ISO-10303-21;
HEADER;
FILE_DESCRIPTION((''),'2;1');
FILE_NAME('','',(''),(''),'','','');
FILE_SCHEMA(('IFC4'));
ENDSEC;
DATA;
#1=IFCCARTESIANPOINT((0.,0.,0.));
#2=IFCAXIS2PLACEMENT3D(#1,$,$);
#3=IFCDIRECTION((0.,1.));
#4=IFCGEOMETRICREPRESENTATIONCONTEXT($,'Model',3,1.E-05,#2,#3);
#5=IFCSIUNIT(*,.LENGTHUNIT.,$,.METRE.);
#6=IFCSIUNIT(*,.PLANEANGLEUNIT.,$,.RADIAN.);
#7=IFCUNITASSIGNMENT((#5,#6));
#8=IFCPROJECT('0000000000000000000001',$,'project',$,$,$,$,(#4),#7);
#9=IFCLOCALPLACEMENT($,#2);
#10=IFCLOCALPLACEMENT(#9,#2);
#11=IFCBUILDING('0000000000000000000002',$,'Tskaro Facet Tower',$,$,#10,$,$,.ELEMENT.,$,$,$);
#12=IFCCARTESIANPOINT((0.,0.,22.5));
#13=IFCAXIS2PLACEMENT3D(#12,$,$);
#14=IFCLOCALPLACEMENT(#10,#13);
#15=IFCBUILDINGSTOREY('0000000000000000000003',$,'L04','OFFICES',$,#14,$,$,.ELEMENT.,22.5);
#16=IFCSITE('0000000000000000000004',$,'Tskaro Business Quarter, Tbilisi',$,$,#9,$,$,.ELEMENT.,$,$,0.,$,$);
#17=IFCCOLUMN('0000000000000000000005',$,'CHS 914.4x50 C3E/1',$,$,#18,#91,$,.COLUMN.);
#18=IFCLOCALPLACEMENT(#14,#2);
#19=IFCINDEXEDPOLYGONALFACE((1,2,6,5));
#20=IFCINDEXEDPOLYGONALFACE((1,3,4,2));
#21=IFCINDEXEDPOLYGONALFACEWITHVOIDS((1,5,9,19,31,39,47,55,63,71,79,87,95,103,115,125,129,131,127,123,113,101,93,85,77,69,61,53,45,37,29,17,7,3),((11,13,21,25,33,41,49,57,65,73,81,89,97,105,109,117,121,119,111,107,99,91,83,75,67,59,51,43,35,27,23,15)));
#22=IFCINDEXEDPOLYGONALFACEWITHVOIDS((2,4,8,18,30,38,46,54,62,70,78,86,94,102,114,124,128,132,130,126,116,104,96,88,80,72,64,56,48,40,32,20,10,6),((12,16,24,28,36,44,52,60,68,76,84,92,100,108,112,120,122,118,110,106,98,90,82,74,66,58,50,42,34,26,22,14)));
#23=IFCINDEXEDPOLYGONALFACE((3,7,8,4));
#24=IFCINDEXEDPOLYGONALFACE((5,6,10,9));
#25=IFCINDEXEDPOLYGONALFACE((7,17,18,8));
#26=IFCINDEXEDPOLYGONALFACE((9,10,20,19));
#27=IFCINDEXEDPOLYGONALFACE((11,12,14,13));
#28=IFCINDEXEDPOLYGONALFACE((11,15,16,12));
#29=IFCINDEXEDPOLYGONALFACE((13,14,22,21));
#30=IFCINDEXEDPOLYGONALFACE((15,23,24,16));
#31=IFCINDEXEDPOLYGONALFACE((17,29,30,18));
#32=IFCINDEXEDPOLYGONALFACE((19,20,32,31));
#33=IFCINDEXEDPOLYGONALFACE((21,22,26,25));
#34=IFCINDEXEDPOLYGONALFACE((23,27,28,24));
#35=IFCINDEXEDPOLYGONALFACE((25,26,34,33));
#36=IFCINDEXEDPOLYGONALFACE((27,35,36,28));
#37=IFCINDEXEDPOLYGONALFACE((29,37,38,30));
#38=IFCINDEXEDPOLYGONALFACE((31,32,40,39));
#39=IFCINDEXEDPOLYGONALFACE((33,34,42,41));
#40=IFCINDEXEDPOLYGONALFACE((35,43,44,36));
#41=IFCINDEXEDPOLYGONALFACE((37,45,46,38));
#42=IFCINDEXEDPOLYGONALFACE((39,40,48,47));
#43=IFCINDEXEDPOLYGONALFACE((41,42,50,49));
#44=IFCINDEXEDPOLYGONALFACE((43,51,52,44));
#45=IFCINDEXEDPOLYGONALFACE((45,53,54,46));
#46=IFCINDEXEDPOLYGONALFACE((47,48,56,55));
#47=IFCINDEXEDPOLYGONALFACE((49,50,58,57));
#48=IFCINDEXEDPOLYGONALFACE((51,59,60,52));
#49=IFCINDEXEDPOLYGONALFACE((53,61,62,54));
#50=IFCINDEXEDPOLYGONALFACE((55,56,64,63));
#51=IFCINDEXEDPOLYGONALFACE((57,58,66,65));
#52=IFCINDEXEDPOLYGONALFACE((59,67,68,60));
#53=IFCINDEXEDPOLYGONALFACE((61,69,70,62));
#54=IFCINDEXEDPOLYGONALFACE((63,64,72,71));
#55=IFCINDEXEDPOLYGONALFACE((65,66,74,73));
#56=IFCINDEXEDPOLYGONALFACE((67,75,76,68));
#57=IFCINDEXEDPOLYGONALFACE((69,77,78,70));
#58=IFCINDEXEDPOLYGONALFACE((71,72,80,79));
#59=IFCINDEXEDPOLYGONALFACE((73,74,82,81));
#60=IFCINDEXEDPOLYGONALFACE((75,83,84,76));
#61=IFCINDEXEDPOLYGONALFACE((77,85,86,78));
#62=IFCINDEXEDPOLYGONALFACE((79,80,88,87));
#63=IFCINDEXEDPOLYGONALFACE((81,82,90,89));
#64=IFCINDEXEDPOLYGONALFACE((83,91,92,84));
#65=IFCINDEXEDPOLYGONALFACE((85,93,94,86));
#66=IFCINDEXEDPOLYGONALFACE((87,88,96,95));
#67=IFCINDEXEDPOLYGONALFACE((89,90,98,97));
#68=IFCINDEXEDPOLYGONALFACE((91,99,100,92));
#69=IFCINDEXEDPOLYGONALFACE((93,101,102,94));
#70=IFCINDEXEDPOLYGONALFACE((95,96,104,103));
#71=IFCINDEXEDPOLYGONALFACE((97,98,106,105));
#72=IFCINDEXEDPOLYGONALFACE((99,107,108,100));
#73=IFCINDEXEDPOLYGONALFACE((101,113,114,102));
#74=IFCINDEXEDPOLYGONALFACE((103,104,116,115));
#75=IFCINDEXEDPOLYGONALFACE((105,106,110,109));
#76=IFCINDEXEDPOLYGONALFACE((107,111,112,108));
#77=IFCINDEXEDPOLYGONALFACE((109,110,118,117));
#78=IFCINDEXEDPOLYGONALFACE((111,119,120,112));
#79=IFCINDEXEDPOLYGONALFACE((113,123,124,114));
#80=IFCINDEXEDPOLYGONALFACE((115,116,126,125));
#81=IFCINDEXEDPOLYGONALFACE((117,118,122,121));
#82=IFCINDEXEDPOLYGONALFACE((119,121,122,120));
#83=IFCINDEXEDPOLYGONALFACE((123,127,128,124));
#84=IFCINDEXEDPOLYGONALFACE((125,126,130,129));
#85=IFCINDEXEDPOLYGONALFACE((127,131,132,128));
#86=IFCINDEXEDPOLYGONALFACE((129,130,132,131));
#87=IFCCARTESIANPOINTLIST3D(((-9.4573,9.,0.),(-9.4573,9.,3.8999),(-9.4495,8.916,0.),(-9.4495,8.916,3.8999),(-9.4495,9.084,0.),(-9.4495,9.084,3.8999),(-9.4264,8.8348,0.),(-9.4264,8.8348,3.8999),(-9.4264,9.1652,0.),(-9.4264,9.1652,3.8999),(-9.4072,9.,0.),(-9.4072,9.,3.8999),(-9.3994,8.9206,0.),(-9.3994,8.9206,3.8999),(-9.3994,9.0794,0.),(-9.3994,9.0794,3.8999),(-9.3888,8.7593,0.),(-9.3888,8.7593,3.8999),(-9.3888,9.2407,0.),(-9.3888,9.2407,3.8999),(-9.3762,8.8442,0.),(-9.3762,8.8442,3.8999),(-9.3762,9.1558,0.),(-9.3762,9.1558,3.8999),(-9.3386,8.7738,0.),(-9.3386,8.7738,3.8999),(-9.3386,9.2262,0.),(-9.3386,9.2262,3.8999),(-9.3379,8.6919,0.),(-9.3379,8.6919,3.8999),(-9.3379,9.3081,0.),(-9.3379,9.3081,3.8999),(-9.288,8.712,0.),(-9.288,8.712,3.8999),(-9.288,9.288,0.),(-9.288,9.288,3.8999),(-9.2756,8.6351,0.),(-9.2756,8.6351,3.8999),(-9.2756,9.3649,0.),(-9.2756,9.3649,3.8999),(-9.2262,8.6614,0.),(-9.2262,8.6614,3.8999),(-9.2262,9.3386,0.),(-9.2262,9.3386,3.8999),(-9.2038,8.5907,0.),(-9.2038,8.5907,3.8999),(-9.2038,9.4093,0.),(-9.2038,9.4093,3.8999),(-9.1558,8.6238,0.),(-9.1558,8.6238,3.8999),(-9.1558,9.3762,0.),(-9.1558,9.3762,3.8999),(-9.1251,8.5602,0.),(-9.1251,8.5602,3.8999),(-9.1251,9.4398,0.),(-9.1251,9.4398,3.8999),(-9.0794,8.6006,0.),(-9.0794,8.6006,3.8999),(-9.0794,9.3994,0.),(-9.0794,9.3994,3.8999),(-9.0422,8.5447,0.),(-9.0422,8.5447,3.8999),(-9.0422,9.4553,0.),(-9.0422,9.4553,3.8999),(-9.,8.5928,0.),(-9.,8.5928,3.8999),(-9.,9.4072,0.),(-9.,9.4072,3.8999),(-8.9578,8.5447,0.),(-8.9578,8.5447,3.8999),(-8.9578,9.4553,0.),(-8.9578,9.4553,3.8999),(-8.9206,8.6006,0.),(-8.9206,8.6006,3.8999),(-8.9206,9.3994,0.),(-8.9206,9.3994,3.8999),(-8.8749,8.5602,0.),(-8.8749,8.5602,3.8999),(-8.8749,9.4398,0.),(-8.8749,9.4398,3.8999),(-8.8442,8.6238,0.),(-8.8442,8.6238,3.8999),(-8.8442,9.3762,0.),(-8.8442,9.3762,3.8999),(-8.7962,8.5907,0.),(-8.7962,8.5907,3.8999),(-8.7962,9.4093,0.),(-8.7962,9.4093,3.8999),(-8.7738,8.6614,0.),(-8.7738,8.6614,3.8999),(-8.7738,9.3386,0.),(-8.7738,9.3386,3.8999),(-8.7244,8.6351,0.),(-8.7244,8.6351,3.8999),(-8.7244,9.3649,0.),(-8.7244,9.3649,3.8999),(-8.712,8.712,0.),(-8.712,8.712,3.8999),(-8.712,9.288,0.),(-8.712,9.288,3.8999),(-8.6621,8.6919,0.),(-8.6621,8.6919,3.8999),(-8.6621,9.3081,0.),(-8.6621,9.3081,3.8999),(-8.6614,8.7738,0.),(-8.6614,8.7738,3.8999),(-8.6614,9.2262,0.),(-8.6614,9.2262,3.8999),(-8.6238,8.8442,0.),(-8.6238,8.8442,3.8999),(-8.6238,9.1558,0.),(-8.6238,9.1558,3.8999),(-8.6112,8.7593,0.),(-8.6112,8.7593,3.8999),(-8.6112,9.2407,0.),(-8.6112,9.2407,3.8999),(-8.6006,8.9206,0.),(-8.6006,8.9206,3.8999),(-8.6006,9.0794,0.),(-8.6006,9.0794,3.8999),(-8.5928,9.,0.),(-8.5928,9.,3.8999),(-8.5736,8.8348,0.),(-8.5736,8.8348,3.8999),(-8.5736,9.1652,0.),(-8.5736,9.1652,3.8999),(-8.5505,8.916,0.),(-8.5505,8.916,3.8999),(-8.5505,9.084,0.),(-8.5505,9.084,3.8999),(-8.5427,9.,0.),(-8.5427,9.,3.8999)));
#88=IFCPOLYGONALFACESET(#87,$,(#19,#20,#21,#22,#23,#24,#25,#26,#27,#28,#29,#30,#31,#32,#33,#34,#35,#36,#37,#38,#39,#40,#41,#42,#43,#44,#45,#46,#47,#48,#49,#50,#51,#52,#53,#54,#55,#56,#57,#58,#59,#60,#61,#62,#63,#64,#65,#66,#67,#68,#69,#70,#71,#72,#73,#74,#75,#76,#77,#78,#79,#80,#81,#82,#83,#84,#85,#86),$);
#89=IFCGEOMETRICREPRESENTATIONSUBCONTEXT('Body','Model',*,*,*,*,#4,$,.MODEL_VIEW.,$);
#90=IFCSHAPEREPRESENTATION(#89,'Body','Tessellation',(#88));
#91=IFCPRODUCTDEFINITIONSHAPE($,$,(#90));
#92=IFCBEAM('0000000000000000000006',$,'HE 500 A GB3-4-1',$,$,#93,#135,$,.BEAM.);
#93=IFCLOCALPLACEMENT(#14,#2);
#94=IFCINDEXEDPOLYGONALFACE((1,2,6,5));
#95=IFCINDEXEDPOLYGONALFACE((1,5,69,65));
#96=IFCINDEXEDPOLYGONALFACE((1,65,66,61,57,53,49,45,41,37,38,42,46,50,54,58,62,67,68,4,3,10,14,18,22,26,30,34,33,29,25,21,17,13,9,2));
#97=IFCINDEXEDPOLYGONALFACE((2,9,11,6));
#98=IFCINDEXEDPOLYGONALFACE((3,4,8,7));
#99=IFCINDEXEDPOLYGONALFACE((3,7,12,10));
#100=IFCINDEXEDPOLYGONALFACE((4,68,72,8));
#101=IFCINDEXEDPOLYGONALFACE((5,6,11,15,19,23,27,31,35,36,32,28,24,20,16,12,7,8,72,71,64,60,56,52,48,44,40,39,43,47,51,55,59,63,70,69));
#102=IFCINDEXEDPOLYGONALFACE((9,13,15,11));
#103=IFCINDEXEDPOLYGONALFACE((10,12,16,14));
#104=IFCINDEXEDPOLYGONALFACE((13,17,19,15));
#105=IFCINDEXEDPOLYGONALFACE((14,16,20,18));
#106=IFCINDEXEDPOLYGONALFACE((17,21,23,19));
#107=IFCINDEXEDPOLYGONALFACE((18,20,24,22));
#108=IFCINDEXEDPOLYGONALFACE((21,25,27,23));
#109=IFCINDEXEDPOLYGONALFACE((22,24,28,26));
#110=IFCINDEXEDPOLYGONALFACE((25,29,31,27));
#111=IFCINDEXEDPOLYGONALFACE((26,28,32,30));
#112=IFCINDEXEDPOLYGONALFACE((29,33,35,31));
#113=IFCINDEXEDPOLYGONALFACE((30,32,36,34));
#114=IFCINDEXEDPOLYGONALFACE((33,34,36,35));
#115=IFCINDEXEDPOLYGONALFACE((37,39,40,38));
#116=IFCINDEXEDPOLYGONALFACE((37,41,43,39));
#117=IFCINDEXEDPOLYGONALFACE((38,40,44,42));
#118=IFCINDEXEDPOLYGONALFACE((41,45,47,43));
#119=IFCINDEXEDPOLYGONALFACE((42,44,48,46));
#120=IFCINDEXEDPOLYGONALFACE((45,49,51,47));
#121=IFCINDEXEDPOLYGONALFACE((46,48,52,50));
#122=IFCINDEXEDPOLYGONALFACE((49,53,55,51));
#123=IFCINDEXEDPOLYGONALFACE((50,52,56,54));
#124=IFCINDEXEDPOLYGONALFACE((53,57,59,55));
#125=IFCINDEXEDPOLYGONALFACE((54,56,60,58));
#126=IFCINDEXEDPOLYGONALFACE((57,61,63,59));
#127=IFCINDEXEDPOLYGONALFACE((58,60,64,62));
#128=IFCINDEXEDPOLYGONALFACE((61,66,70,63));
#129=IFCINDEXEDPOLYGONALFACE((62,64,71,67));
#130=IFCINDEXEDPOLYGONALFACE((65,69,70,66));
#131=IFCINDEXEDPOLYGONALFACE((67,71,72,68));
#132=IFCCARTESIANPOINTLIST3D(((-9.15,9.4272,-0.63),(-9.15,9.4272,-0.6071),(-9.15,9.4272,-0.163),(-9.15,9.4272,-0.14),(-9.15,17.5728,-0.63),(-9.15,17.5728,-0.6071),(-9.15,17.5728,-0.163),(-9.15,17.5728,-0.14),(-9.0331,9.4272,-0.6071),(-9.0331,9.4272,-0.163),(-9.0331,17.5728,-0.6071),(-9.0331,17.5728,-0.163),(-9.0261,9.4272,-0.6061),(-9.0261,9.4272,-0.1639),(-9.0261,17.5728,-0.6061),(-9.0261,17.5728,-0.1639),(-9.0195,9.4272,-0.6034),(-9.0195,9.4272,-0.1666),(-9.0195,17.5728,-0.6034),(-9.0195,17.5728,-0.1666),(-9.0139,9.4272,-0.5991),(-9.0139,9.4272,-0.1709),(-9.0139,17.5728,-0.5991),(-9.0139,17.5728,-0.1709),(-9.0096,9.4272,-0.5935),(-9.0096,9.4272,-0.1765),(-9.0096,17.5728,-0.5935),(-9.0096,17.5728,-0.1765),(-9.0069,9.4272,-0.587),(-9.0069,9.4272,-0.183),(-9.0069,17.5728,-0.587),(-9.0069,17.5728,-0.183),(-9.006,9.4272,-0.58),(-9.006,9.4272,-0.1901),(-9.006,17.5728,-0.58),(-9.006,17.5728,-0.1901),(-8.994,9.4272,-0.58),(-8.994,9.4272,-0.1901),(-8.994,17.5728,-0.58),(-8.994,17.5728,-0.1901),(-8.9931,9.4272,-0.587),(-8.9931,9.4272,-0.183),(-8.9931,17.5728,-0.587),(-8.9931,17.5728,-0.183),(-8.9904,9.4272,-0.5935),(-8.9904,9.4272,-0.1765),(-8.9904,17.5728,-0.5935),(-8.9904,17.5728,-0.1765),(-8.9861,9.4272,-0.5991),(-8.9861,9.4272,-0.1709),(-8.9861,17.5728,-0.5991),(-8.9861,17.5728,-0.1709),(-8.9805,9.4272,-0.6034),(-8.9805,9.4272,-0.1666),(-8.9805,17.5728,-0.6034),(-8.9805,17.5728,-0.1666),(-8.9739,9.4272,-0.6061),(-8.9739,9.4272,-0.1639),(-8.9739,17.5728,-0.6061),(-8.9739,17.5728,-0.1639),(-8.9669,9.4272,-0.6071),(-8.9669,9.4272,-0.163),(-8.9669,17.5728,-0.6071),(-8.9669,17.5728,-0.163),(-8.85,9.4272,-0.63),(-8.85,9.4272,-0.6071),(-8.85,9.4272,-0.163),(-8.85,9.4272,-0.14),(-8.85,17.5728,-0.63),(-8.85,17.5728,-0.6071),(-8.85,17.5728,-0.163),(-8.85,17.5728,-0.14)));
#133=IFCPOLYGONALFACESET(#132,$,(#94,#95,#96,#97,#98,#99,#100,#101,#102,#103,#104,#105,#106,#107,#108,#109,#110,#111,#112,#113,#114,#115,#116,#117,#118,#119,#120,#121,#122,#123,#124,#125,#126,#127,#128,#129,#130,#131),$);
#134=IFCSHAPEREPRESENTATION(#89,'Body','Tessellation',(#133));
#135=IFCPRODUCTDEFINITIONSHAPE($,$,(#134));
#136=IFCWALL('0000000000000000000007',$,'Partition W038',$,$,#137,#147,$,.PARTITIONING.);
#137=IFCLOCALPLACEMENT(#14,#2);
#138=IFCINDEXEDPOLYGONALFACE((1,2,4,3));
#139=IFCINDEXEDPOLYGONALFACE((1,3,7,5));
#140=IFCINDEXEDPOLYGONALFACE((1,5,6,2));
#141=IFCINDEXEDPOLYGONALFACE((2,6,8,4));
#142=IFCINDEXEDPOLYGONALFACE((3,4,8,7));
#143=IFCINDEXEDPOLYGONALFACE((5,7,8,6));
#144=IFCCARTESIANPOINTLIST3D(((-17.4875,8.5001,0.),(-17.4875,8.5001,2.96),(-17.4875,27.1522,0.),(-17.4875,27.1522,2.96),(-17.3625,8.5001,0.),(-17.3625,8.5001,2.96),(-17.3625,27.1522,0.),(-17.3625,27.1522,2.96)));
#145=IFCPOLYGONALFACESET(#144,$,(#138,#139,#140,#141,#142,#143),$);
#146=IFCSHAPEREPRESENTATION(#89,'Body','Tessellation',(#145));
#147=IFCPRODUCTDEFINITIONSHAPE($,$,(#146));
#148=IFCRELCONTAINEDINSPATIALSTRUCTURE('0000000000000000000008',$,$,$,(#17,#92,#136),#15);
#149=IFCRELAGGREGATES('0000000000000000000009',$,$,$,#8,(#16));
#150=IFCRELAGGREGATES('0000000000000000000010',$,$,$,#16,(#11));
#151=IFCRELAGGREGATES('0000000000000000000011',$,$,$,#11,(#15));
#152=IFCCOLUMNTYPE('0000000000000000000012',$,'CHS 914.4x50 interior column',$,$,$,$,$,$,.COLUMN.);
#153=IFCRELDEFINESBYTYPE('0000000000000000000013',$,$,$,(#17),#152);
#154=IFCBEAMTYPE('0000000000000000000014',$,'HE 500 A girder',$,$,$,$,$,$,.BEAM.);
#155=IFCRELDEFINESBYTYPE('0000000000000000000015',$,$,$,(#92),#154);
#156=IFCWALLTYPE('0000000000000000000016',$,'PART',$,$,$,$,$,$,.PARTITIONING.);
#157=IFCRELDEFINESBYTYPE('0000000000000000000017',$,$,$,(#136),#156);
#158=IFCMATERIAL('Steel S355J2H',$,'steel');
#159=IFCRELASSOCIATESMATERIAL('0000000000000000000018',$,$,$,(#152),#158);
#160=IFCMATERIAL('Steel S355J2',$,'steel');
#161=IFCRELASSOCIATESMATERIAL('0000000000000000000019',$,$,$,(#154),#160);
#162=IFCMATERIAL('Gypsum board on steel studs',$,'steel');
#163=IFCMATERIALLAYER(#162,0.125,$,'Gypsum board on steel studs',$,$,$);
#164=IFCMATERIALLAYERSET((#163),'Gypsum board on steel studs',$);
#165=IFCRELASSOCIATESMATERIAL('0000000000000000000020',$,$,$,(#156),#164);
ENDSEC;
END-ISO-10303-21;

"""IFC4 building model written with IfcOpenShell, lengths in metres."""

from ifc_helpers import new_model, si_unit, direction, frame, frame_2d, origin, origin_2d, place, context, subcontext, project, spatial, rectangle, hollow_circle, i_section, extrude, material, layer, layer_set, material_profile, profile_set, type_object, element, save


model = new_model("IFC4")

# Units and contexts
model_context = context("Model", 3, precision=1e-05, world=origin(), true_north=direction((0.0, 1.0)))
body_context = subcontext(model_context, "Body", "Model", "MODEL_VIEW")
ifc_project = project(units=[si_unit("LENGTHUNIT", "METRE"), si_unit("PLANEANGLEUNIT", "RADIAN")], contexts=[model_context])

# Site, building, storey
site_placement = place(None, origin())
site = spatial("IfcSite", under=ifc_project, at=site_placement, Name="Tskaro Business Quarter, Tbilisi", CompositionType="ELEMENT", RefElevation=0.0)
building_placement = place(site_placement, origin())
building = spatial("IfcBuilding", under=site, at=building_placement, Name="Tskaro Facet Tower", CompositionType="ELEMENT")
storey_placement = place(building_placement, frame((0.0, 0.0, 22.5)))
storey = spatial("IfcBuildingStorey", under=building, at=storey_placement, Name="L04", Description="OFFICES", CompositionType="ELEMENT", Elevation=22.5)

# Column
ifc_material_1 = material(Name="Steel S355J2H", Category="steel")
ifc_material_profile_1 = material_profile(ifc_material_1, hollow_circle(Radius=0.4573, WallThickness=0.05, at=origin_2d()), Name="CHS 914.4x50")
ifc_profile_set_1 = profile_set([ifc_material_profile_1], Name="Steel S355J2H")
column_type = type_object("IfcColumnType", Name="CHS 914.4x50 interior column", PredefinedType="COLUMN", material=ifc_profile_set_1)
column_placement = place(storey_placement, frame((-9.0, 9.0, 0.0), z_axis=(0.0, 0.0, 1.0), x_axis=(1.0, 0.0, 0.0)))
element("IfcColumn", 1, at=column_placement, inside=storey, type_object=column_type, Name="CHS 914.4x50 C3E/1", PredefinedType="COLUMN", context=body_context, shape_type="SweptSolid", body=[
    extrude(hollow_circle(Radius=0.4573, WallThickness=0.05, at=origin_2d()), origin(), (0.0, 0.0, 1.0), 3.8999),
])

# Beam
ifc_material_2 = material(Name="Steel S355J2", Category="steel")
ifc_material_profile_2 = material_profile(ifc_material_2, i_section(OverallWidth=0.3, OverallDepth=0.49, WebThickness=0.012, FlangeThickness=0.0229, FilletRadius=0.0271, at=origin_2d()), Name="HE 500 A")
ifc_profile_set_2 = profile_set([ifc_material_profile_2], Name="Steel S355J2")
beam_type = type_object("IfcBeamType", Name="HE 500 A girder", PredefinedType="BEAM", material=ifc_profile_set_2)
beam_placement = place(storey_placement, frame((-9.0, 9.4272, -0.385), z_axis=(0.0, 1.0, 0.0), x_axis=(-1.0, 0.0, 0.0)))
element("IfcBeam", 2, at=beam_placement, inside=storey, type_object=beam_type, Name="HE 500 A GB3-4-1", PredefinedType="BEAM", context=body_context, shape_type="SweptSolid", body=[
    extrude(i_section(OverallWidth=0.3, OverallDepth=0.49, WebThickness=0.012, FlangeThickness=0.0229, FilletRadius=0.0271, at=origin_2d()), origin(), (0.0, 0.0, 1.0), 8.1455),
])

# Wall
ifc_material_3 = material(Name="Gypsum board on steel studs", Category="steel")
ifc_layer_1 = layer(ifc_material_3, 0.125, Name="Gypsum board on steel studs")
ifc_layer_set_1 = layer_set([ifc_layer_1], Name="Gypsum board on steel studs")
wall_type_1 = type_object("IfcWallType", Name="PART", PredefinedType="PARTITIONING", material=ifc_layer_set_1)
wall_1_placement = place(storey_placement, frame((-17.425, 8.5, 0.0), z_axis=(0.0, 0.0, 1.0), x_axis=(0.0, 1.0, 0.0)))
element("IfcWall", 3, at=wall_1_placement, inside=storey, type_object=wall_type_1, Name="Partition W038", PredefinedType="PARTITIONING", context=body_context, shape_type="SweptSolid", body=[
    extrude(rectangle(XDim=18.6521, YDim=0.125, at=frame_2d((9.3262, 0.0))), origin(), (0.0, 0.0, 1.0), 2.96),
])

save(model, "model.ifc")
